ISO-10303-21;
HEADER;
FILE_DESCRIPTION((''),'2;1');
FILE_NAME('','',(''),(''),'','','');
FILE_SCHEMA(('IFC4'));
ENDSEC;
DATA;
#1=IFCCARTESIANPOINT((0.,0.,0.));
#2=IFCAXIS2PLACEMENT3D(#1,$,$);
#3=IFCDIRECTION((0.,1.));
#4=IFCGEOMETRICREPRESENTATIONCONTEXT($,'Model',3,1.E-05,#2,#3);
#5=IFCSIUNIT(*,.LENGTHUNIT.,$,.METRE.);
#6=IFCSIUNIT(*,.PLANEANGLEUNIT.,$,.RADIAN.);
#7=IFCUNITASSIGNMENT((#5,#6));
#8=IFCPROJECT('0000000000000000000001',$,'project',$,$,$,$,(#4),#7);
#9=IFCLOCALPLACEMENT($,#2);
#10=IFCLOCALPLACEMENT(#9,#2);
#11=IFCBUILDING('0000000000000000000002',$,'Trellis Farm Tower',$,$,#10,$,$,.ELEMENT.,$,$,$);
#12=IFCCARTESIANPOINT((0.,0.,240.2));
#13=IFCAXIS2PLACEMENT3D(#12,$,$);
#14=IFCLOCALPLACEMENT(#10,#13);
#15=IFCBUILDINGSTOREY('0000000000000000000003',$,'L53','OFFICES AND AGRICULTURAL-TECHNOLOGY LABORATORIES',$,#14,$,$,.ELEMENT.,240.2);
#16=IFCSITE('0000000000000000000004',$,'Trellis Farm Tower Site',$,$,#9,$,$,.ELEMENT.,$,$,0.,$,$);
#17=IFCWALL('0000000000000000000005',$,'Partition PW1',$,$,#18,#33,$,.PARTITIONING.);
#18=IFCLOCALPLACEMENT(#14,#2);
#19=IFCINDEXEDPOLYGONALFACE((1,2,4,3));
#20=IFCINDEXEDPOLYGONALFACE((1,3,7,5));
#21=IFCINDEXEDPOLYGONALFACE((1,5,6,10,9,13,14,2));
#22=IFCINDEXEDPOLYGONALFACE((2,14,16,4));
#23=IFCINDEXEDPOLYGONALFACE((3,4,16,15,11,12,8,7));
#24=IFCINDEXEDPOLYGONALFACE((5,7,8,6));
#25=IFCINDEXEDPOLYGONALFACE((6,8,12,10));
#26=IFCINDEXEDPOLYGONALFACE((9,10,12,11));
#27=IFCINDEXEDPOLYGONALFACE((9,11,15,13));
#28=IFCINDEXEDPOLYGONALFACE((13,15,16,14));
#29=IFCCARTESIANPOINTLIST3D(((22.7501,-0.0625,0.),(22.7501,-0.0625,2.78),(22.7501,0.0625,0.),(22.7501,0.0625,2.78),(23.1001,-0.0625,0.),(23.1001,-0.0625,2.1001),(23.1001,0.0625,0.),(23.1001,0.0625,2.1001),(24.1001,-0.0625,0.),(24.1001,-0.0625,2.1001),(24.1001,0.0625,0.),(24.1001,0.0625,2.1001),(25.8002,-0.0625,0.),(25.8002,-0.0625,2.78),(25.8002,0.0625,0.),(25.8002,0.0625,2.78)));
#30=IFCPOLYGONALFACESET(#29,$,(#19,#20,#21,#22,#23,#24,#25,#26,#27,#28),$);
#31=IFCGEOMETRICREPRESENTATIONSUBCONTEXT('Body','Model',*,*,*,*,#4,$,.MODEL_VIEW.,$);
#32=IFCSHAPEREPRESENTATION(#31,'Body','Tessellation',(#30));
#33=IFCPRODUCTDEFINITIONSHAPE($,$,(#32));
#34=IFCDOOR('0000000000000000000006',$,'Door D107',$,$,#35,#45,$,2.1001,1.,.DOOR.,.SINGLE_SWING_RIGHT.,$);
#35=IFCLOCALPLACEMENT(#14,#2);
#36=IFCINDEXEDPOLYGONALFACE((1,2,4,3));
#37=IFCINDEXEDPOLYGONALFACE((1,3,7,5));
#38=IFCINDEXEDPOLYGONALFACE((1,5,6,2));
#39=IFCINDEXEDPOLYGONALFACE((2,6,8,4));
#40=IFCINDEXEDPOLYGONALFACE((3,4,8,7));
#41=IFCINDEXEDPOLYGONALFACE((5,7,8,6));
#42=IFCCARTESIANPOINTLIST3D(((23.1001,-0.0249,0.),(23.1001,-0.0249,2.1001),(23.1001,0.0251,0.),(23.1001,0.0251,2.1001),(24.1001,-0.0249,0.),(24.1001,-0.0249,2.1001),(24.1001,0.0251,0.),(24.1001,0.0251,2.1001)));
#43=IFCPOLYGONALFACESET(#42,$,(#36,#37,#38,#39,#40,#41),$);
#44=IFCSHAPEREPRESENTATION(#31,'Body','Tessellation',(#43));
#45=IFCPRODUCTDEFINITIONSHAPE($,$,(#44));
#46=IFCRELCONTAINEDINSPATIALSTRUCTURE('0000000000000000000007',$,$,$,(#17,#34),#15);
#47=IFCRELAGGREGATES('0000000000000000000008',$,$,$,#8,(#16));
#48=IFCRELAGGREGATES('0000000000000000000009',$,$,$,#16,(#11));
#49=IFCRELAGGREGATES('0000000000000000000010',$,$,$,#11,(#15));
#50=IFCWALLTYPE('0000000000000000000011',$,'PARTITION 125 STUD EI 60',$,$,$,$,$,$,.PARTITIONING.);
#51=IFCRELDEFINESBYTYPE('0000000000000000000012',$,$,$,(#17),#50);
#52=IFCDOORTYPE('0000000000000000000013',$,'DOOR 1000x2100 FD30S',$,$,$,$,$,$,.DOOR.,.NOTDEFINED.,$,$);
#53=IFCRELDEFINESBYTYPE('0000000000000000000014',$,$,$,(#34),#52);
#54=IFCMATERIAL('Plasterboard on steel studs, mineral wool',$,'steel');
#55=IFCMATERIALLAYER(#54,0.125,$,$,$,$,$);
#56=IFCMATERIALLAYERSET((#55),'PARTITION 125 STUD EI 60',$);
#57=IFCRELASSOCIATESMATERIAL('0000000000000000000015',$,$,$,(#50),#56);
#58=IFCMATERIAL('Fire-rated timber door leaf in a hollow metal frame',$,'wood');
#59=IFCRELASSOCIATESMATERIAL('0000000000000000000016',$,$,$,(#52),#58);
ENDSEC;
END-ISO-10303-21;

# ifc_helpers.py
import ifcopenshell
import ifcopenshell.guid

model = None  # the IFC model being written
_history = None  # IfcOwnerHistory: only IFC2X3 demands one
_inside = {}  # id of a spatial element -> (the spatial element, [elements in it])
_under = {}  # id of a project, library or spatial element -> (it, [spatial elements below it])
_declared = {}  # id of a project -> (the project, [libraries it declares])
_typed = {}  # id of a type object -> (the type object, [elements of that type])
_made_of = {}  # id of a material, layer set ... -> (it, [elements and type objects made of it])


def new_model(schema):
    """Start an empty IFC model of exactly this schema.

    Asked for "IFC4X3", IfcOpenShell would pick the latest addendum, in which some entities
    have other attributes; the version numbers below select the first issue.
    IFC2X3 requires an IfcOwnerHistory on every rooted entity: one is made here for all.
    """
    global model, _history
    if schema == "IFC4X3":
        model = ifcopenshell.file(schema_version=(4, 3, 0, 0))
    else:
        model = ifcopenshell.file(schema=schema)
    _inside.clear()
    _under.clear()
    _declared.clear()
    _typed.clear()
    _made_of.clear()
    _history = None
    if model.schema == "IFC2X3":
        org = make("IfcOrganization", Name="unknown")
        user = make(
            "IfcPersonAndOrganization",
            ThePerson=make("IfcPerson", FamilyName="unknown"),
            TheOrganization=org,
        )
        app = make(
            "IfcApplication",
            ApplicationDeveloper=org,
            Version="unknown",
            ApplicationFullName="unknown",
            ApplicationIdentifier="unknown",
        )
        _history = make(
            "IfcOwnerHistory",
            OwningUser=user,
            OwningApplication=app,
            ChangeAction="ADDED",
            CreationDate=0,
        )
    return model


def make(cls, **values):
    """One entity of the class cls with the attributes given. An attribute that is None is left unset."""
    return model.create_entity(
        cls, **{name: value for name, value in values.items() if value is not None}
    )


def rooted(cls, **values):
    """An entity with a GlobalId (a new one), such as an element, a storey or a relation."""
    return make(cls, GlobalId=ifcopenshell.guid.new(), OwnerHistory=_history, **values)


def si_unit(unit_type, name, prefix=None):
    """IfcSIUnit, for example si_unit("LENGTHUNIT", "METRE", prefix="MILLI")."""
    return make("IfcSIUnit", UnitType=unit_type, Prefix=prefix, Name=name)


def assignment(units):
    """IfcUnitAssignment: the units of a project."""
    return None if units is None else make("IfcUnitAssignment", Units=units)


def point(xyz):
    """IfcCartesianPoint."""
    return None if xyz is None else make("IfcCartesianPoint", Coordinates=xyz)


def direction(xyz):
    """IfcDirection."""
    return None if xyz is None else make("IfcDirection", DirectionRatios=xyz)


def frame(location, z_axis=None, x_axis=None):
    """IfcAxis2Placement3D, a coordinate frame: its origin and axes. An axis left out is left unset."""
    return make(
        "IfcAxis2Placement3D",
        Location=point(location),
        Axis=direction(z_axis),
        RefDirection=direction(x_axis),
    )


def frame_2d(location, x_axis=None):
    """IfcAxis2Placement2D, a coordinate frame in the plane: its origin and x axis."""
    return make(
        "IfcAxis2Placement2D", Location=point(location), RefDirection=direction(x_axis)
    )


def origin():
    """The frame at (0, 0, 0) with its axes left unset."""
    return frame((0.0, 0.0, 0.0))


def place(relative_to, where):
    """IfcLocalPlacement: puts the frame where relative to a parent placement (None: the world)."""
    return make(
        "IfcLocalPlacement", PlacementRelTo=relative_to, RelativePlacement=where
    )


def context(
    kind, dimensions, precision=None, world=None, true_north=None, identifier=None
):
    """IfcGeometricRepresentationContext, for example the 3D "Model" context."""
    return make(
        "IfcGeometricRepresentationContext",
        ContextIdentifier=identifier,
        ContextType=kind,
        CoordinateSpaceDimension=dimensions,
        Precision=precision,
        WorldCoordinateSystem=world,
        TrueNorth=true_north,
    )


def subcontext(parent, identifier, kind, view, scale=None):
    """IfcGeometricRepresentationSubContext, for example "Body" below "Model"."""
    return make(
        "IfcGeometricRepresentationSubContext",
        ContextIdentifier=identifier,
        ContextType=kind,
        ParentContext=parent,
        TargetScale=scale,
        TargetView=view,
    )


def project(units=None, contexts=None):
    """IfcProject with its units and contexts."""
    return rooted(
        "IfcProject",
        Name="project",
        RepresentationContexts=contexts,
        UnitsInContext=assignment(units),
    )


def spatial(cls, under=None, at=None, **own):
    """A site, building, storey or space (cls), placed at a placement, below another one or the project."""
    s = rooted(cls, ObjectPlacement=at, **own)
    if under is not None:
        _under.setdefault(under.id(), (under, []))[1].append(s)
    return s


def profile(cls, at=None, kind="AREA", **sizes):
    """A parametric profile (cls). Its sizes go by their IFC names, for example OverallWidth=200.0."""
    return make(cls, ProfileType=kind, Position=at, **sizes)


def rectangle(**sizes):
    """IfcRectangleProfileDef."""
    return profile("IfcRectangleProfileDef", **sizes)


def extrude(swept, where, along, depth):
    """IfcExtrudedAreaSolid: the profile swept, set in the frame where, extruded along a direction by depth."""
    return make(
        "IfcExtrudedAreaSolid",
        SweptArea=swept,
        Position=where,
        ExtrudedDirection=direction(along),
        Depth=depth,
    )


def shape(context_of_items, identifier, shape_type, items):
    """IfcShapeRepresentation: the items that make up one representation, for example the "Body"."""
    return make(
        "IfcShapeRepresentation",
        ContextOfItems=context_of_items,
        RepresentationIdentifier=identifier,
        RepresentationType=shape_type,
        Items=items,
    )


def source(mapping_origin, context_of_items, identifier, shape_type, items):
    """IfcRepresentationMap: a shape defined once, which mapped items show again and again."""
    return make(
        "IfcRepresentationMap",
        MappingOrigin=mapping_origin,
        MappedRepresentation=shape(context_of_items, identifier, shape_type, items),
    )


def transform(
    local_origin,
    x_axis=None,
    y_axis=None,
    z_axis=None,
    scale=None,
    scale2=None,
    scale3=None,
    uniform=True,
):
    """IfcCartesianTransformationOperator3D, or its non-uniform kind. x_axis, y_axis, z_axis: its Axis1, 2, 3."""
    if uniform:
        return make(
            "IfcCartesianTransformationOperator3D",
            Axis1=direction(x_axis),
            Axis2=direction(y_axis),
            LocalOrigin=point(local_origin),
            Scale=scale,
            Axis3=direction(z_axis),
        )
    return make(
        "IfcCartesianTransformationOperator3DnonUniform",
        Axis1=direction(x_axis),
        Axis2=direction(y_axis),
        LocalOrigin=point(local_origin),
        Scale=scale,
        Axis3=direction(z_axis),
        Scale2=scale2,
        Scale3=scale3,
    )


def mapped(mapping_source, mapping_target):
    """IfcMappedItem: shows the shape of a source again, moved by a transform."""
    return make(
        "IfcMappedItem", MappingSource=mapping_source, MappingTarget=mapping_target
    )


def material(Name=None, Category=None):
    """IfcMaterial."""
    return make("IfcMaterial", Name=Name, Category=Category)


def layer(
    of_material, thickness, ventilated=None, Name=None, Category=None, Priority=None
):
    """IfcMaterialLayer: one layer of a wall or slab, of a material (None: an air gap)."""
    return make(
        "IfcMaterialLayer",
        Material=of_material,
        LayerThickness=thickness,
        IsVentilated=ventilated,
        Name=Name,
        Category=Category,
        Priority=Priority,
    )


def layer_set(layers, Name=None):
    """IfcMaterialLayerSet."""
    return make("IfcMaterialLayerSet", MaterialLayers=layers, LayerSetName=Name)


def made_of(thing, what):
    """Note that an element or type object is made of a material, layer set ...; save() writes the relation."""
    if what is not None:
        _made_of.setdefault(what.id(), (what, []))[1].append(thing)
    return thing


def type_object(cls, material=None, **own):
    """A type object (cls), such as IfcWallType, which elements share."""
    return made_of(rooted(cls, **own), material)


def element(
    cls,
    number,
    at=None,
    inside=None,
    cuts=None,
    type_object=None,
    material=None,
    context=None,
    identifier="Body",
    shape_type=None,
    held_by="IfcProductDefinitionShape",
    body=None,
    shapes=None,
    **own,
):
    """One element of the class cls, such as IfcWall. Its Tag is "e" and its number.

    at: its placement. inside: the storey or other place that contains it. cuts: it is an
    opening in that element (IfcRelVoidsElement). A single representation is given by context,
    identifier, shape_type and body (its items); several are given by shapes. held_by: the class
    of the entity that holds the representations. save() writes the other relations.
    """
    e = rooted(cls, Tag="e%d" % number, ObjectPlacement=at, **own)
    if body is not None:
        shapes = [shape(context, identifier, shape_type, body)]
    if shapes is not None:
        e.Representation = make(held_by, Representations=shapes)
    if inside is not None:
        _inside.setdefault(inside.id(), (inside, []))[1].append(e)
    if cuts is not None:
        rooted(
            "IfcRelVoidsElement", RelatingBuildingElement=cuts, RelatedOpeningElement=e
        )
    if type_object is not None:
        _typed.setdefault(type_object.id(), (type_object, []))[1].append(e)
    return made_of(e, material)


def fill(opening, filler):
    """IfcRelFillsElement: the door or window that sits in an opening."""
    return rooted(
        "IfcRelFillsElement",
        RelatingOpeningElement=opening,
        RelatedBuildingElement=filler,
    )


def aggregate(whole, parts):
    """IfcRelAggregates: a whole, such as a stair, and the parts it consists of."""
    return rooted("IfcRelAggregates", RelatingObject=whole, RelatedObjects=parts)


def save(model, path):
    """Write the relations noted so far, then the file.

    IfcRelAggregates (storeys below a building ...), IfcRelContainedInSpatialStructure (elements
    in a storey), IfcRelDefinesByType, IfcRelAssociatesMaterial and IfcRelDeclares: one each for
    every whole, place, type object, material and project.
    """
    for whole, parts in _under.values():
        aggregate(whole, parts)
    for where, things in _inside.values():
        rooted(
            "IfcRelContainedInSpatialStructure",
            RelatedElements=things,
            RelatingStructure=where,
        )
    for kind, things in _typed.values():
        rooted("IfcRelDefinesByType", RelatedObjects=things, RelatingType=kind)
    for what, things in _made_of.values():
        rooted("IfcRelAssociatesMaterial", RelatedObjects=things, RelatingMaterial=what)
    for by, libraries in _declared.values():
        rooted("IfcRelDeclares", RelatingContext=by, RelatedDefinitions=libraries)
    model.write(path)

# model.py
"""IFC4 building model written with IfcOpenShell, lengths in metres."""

from ifc_helpers import new_model, si_unit, direction, frame, frame_2d, origin, place, context, subcontext, project, spatial, rectangle, extrude, source, transform, mapped, material, layer, layer_set, type_object, element, fill, save


model = new_model("IFC4")

# Units and contexts
model_context = context("Model", 3, precision=1e-05, world=origin(), true_north=direction((0.0, 1.0)))
body_context = subcontext(model_context, "Body", "Model", "MODEL_VIEW")
ifc_project = project(units=[si_unit("LENGTHUNIT", "METRE"), si_unit("PLANEANGLEUNIT", "RADIAN")], contexts=[model_context])

# Site, building, storey
site_placement = place(None, origin())
site = spatial("IfcSite", under=ifc_project, at=site_placement, Name="Trellis Farm Tower Site", CompositionType="ELEMENT", RefElevation=0.0)
building_placement = place(site_placement, origin())
building = spatial("IfcBuilding", under=site, at=building_placement, Name="Trellis Farm Tower", CompositionType="ELEMENT")
storey_placement = place(building_placement, frame((0.0, 0.0, 240.2)))
storey = spatial("IfcBuildingStorey", under=building, at=storey_placement, Name="L53", Description="OFFICES AND AGRICULTURAL-TECHNOLOGY LABORATORIES", CompositionType="ELEMENT", Elevation=240.2)

# Wall, opening, door
ifc_material_1 = material(Name="Plasterboard on steel studs, mineral wool", Category="steel")
ifc_layer_1 = layer(ifc_material_1, 0.125)
ifc_layer_set_1 = layer_set([ifc_layer_1], Name="PARTITION 125 STUD EI 60")
wall_type_1 = type_object("IfcWallType", Name="PARTITION 125 STUD EI 60", PredefinedType="PARTITIONING", material=ifc_layer_set_1)
shared_shape_1 = source(origin(), body_context, "Body", "SweptSolid", [
    extrude(rectangle(XDim=3.05, YDim=0.125, at=frame_2d((1.5249, 0.0))), origin(), (0.0, 0.0, 1.0), 2.78),
])
wall_1_placement = place(storey_placement, frame((25.8, 0.0, 0.0), z_axis=(0.0, 0.0, 1.0), x_axis=(-1.0, 0.0, 0.0)))
wall_1 = element("IfcWall", 1, at=wall_1_placement, inside=storey, type_object=wall_type_1, Name="Partition PW1", PredefinedType="PARTITIONING", context=body_context, shape_type="MappedRepresentation", body=[
    mapped(shared_shape_1, transform((0.0, 0.0, 0.0))),
])
shared_shape_2 = source(origin(), body_context, "Body", "SweptSolid", [
    extrude(rectangle(XDim=1.0, YDim=2.1001, at=frame_2d((0.5, 1.05))), frame((0.0, 0.0725, 0.0), z_axis=(0.0, -1.0, 0.0), x_axis=(1.0, 0.0, 0.0)), (0.0, 0.0, 1.0), 0.145),
])
opening_1_placement = place(wall_1_placement, frame((1.7, 0.0, 0.0)))
opening_1 = element("IfcOpeningElement", 2, at=opening_1_placement, cuts=wall_1, PredefinedType="OPENING", context=body_context, shape_type="MappedRepresentation", body=[
    mapped(shared_shape_2, transform((0.0, 0.0, 0.0))),
])
ifc_material_2 = material(Name="Fire-rated timber door leaf in a hollow metal frame", Category="wood")
door_type_1 = type_object("IfcDoorType", Name="DOOR 1000x2100 FD30S", OperationType="NOTDEFINED", PredefinedType="DOOR", material=ifc_material_2)
shared_shape_3 = source(origin(), body_context, "Body", "SweptSolid", [
    extrude(rectangle(XDim=1.0, YDim=2.1001, at=frame_2d((0.5, 1.05))), frame((0.0, 0.0249, 0.0), z_axis=(0.0, -1.0, 0.0), x_axis=(1.0, 0.0, 0.0)), (0.0, 0.0, 1.0), 0.05),
])
door_1_placement = place(opening_1_placement, origin())
door_1 = element("IfcDoor", 3, at=door_1_placement, inside=storey, type_object=door_type_1, Name="Door D107", OperationType="SINGLE_SWING_RIGHT", OverallHeight=2.1001, OverallWidth=1.0, PredefinedType="DOOR", context=body_context, shape_type="MappedRepresentation", body=[
    mapped(shared_shape_3, transform((0.0, 0.0, 0.0))),
])
fill(opening_1, door_1)

save(model, "model.ifc")
